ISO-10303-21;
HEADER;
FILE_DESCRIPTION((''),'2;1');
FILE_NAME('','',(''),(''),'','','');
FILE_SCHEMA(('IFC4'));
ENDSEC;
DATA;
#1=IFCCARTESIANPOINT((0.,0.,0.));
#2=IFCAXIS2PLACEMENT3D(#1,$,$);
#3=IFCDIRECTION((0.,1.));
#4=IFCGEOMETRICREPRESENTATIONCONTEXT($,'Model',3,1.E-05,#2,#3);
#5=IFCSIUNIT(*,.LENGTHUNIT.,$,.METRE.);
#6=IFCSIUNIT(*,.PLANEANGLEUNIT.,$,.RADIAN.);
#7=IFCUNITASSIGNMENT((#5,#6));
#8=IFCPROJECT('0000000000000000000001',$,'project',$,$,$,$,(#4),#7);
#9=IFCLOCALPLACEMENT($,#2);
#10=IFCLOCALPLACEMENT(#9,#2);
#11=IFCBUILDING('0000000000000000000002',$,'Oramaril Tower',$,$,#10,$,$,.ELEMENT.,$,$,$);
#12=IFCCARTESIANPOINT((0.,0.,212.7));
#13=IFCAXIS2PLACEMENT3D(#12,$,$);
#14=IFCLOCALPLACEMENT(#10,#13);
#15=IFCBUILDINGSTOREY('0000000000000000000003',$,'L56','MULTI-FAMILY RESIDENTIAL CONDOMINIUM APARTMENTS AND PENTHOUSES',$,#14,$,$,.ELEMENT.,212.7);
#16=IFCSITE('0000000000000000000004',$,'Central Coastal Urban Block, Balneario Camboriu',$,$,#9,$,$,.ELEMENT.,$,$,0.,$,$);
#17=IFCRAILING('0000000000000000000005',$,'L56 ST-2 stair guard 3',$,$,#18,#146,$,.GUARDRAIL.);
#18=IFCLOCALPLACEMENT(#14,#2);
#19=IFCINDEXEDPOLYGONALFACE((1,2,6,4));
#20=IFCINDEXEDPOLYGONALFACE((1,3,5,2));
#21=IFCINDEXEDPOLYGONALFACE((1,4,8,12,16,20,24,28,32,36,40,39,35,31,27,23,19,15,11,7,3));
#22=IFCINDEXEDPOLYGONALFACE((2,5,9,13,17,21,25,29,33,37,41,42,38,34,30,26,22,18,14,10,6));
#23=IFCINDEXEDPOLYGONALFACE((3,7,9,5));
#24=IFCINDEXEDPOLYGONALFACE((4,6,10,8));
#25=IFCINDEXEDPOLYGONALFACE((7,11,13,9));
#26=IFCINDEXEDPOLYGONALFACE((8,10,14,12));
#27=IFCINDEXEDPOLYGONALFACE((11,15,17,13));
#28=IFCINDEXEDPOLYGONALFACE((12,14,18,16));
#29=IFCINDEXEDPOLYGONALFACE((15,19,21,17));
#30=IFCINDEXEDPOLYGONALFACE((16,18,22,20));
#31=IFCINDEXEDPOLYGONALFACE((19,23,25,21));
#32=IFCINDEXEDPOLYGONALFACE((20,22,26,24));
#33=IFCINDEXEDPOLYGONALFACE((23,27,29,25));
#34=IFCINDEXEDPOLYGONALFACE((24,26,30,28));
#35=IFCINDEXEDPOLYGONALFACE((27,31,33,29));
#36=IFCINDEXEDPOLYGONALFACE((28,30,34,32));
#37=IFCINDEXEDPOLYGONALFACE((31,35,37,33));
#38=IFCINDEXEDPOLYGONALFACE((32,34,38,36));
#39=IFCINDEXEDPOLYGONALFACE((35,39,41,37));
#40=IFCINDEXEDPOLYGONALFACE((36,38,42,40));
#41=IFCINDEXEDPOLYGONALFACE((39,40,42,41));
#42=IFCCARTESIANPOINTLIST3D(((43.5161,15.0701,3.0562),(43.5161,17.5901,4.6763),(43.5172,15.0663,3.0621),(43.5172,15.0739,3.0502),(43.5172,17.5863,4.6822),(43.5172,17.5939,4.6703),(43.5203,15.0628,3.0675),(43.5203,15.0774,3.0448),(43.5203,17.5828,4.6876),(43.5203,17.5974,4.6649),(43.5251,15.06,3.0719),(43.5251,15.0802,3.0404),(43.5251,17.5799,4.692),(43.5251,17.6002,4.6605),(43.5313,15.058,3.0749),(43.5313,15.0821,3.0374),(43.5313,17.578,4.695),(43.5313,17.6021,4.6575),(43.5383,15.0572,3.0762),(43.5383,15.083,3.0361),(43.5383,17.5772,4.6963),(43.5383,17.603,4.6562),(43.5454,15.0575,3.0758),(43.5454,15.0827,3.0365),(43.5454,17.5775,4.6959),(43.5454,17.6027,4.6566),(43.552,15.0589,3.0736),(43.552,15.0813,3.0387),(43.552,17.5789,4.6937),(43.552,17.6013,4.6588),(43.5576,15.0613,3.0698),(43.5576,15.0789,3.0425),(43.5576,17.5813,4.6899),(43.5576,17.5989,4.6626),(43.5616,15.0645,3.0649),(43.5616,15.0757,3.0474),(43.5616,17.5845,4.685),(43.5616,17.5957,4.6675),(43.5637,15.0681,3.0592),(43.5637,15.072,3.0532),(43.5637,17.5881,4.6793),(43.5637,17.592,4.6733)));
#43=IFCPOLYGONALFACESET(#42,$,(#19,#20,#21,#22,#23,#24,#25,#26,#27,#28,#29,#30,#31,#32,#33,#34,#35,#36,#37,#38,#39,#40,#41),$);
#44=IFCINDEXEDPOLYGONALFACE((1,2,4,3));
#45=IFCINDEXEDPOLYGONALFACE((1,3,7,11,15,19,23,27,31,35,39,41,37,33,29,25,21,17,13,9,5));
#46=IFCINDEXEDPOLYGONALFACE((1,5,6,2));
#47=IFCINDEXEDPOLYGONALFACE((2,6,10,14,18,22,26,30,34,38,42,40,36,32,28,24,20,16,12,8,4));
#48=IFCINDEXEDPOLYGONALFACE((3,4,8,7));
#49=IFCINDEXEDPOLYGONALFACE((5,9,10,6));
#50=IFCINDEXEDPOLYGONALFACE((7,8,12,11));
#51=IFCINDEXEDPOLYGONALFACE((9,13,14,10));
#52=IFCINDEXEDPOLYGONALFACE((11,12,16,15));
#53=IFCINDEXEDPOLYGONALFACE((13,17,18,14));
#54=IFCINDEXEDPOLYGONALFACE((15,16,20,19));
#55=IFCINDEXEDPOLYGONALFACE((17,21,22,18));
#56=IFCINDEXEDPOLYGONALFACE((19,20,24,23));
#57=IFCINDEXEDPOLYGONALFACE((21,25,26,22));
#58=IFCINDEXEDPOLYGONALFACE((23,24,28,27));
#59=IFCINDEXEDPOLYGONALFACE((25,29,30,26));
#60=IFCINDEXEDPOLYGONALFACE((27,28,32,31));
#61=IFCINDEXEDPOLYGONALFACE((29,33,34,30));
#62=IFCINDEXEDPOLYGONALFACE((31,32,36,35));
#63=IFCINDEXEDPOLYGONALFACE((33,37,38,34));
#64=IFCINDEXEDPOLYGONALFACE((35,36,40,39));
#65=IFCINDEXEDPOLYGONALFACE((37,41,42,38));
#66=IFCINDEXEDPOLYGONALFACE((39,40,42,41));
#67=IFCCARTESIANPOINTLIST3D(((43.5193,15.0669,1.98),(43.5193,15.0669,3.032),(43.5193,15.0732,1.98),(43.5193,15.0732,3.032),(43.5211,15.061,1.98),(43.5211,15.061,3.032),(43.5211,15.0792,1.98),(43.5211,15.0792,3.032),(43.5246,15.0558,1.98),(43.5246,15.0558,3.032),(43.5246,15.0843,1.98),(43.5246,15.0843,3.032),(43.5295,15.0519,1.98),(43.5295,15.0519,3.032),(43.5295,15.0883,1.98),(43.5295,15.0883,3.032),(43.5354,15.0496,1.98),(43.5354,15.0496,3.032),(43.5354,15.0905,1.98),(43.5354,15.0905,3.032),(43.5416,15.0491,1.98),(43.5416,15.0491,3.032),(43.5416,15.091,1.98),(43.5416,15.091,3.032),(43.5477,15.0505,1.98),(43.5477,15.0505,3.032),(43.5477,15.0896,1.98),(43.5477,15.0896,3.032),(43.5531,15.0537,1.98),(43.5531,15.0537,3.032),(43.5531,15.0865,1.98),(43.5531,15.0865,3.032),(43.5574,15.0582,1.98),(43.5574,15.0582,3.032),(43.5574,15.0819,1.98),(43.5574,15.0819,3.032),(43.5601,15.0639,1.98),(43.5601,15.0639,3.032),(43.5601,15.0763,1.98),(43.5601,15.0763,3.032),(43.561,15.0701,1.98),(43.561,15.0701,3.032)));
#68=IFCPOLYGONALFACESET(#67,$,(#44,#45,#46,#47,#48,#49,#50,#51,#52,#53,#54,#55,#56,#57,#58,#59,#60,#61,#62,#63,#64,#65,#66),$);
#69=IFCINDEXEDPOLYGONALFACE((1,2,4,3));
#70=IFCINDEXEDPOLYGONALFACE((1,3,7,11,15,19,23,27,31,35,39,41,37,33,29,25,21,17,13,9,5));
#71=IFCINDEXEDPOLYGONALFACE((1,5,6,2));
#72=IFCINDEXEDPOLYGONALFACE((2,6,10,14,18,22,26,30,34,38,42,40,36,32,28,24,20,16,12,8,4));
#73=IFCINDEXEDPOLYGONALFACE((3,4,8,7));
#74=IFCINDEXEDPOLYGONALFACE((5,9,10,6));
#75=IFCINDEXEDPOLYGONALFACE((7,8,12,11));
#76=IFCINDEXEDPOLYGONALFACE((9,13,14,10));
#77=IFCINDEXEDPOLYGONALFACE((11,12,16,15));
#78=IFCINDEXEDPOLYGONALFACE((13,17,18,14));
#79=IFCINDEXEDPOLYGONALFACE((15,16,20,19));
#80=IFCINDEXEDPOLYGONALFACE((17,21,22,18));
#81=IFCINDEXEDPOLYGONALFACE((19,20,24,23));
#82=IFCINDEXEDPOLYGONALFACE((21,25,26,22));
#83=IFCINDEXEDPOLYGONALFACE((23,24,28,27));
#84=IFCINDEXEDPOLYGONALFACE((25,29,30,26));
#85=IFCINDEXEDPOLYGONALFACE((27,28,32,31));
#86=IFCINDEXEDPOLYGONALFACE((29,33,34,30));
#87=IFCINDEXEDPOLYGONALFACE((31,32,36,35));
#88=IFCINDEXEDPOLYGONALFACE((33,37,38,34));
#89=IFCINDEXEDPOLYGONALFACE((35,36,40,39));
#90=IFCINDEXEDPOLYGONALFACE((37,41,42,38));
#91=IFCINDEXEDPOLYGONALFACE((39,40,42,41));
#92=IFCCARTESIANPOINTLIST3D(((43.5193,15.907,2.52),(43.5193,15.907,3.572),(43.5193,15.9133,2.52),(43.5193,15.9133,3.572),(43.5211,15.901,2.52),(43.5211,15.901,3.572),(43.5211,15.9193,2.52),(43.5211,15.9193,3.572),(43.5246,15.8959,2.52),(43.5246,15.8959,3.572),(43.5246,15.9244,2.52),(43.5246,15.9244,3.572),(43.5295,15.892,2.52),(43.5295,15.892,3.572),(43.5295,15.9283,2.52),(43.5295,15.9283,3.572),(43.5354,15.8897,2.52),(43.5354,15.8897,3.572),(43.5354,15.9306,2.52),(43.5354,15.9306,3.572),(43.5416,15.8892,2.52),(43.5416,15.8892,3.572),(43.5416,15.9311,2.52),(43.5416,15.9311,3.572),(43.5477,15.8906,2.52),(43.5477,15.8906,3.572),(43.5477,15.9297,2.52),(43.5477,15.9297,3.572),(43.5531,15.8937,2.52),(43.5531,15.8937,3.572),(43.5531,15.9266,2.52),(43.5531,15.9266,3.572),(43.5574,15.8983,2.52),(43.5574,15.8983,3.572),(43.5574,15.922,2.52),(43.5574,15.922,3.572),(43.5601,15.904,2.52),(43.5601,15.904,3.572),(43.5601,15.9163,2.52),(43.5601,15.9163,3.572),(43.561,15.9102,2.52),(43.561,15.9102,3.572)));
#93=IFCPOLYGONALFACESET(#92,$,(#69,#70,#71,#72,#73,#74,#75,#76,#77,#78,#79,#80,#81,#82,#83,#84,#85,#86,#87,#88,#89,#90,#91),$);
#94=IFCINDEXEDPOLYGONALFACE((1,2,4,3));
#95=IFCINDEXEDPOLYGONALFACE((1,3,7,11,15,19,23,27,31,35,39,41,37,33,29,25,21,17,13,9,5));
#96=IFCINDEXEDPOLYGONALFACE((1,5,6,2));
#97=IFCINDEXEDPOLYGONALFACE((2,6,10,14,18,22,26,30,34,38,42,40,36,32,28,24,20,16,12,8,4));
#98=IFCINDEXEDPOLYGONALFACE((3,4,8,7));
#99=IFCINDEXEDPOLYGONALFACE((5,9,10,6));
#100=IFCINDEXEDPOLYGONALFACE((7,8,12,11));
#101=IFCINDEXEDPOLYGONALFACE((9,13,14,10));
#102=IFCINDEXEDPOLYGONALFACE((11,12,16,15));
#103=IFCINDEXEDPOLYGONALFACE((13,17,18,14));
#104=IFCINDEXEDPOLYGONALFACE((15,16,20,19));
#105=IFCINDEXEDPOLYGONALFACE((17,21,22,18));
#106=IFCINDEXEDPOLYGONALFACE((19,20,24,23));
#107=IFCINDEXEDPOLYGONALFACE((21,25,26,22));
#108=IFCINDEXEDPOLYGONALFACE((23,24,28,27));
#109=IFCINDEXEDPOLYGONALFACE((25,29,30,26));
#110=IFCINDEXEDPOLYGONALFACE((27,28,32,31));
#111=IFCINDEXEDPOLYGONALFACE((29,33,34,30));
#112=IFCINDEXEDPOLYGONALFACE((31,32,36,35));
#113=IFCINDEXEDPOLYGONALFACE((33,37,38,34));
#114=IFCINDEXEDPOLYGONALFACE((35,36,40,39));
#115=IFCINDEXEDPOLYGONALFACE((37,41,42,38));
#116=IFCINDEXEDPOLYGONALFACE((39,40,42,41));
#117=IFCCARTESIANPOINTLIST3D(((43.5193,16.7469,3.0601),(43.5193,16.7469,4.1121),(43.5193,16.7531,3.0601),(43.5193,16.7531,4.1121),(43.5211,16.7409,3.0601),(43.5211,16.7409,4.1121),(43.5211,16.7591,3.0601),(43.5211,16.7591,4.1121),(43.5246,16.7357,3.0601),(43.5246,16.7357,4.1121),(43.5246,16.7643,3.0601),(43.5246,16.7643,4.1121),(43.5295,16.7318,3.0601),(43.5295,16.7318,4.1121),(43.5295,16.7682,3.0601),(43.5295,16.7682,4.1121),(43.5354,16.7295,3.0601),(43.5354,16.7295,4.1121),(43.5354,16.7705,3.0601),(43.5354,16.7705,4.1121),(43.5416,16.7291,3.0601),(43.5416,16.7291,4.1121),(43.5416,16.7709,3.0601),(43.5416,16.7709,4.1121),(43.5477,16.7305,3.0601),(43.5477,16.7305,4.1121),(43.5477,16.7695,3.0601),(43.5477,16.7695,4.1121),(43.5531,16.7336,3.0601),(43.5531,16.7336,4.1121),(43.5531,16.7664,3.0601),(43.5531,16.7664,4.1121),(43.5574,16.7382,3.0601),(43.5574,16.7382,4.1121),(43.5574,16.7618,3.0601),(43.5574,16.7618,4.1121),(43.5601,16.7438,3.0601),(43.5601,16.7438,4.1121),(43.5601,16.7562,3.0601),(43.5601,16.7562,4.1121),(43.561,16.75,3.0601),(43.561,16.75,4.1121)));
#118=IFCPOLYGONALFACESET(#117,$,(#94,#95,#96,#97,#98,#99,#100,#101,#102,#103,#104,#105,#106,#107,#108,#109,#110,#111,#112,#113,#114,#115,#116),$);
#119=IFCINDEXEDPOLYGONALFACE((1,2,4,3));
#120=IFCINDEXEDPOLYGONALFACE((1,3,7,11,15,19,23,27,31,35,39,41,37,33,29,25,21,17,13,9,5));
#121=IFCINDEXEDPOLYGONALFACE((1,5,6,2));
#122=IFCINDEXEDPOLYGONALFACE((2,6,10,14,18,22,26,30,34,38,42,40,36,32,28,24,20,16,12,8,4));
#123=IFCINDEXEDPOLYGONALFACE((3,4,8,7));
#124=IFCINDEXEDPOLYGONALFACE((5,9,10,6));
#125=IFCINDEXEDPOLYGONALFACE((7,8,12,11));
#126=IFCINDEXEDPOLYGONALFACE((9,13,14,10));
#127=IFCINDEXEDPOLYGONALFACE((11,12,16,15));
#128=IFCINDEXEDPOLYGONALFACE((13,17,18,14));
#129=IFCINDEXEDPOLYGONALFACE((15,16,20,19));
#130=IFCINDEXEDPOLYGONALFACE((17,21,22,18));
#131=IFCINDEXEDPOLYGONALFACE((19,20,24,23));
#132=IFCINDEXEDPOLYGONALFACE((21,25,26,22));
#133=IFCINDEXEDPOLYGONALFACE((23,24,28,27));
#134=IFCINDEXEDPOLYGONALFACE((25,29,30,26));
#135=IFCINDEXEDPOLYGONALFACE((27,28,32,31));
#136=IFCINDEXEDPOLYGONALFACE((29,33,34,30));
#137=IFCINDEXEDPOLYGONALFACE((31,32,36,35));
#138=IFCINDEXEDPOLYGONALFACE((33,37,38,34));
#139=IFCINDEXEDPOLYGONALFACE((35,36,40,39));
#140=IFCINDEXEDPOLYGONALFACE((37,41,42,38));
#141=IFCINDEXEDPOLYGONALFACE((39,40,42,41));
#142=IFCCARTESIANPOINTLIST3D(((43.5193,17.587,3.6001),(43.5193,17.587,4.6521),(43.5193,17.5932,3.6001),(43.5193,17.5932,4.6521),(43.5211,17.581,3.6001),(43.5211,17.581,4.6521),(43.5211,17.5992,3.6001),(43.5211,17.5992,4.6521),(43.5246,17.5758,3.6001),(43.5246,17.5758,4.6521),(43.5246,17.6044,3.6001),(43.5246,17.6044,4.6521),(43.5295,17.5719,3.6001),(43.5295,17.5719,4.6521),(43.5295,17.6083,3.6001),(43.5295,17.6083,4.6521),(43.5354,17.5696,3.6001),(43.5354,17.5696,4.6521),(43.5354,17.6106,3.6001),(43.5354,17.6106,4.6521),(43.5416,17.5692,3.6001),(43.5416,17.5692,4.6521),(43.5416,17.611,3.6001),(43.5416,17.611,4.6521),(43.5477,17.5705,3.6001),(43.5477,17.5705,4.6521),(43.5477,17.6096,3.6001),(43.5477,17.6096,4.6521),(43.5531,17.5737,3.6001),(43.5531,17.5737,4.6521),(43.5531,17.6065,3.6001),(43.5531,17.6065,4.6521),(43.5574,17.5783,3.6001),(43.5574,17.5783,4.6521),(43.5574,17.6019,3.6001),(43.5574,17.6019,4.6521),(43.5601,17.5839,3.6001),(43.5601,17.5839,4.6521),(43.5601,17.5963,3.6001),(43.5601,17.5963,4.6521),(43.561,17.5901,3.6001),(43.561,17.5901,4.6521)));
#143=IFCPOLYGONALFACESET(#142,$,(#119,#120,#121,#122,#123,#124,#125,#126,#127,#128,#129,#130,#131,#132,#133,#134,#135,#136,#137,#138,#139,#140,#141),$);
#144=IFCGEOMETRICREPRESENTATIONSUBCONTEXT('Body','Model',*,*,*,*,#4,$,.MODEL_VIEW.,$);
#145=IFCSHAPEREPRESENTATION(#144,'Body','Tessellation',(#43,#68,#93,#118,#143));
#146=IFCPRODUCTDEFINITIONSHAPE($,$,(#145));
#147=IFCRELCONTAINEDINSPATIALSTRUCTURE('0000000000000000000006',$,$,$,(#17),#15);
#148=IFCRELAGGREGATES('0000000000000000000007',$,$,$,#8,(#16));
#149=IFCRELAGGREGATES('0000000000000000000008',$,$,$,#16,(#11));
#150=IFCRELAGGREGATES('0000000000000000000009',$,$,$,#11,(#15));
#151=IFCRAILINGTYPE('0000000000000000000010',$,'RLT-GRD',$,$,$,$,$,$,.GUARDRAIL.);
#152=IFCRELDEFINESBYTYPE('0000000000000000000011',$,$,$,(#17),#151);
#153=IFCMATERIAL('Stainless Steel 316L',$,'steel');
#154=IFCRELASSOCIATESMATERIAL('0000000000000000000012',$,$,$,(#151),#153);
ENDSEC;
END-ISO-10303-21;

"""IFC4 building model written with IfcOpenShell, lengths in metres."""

from ifc_helpers import new_model, si_unit, direction, frame, origin, origin_2d, place, context, subcontext, project, spatial, circle, extrude, material, type_object, element, save


model = new_model("IFC4")

# Units and contexts
model_context = context("Model", 3, precision=1e-05, world=origin(), true_north=direction((0.0, 1.0)))
body_context = subcontext(model_context, "Body", "Model", "MODEL_VIEW")
ifc_project = project(units=[si_unit("LENGTHUNIT", "METRE"), si_unit("PLANEANGLEUNIT", "RADIAN")], contexts=[model_context])

# Site, building, storey
site_placement = place(None, origin())
site = spatial("IfcSite", under=ifc_project, at=site_placement, Name="Central Coastal Urban Block, Balneario Camboriu", CompositionType="ELEMENT", RefElevation=0.0)
building_placement = place(site_placement, origin())
building = spatial("IfcBuilding", under=site, at=building_placement, Name="Oramaril Tower", CompositionType="ELEMENT")
storey_placement = place(building_placement, frame((0.0, 0.0, 212.7)))
storey = spatial("IfcBuildingStorey", under=building, at=storey_placement, Name="L56", Description="MULTI-FAMILY RESIDENTIAL CONDOMINIUM APARTMENTS AND PENTHOUSES", CompositionType="ELEMENT", Elevation=212.7)

# Railing
ifc_material_1 = material(Name="Stainless Steel 316L", Category="steel")
railing_type_1 = type_object("IfcRailingType", Name="RLT-GRD", PredefinedType="GUARDRAIL", material=ifc_material_1)
railing_1_placement = place(storey_placement, frame((43.54, 15.0701, 1.98)))
element("IfcRailing", 1, at=railing_1_placement, inside=storey, type_object=railing_type_1, Name="L56 ST-2 stair guard 3", PredefinedType="GUARDRAIL", context=body_context, shape_type="SweptSolid", body=[
    extrude(circle(Radius=0.0239, at=origin_2d()), frame((0.0, 0.0, 1.0762), z_axis=(0.0, 0.841163, 0.540782), x_axis=(-1.0, 0.0, 0.0)), (0.0, 0.0, 1.0), 2.9958),
    extrude(circle(Radius=0.021, at=origin_2d()), origin(), (0.0, 0.0, 1.0), 1.052),
    extrude(circle(Radius=0.021, at=origin_2d()), frame((0.0, 0.8401, 0.54)), (0.0, 0.0, 1.0), 1.052),
    extrude(circle(Radius=0.021, at=origin_2d()), frame((0.0, 1.6799, 1.0801)), (0.0, 0.0, 1.0), 1.052),
    extrude(circle(Radius=0.021, at=origin_2d()), frame((0.0, 2.52, 1.6201)), (0.0, 0.0, 1.0), 1.052),
])

save(model, "model.ifc")
